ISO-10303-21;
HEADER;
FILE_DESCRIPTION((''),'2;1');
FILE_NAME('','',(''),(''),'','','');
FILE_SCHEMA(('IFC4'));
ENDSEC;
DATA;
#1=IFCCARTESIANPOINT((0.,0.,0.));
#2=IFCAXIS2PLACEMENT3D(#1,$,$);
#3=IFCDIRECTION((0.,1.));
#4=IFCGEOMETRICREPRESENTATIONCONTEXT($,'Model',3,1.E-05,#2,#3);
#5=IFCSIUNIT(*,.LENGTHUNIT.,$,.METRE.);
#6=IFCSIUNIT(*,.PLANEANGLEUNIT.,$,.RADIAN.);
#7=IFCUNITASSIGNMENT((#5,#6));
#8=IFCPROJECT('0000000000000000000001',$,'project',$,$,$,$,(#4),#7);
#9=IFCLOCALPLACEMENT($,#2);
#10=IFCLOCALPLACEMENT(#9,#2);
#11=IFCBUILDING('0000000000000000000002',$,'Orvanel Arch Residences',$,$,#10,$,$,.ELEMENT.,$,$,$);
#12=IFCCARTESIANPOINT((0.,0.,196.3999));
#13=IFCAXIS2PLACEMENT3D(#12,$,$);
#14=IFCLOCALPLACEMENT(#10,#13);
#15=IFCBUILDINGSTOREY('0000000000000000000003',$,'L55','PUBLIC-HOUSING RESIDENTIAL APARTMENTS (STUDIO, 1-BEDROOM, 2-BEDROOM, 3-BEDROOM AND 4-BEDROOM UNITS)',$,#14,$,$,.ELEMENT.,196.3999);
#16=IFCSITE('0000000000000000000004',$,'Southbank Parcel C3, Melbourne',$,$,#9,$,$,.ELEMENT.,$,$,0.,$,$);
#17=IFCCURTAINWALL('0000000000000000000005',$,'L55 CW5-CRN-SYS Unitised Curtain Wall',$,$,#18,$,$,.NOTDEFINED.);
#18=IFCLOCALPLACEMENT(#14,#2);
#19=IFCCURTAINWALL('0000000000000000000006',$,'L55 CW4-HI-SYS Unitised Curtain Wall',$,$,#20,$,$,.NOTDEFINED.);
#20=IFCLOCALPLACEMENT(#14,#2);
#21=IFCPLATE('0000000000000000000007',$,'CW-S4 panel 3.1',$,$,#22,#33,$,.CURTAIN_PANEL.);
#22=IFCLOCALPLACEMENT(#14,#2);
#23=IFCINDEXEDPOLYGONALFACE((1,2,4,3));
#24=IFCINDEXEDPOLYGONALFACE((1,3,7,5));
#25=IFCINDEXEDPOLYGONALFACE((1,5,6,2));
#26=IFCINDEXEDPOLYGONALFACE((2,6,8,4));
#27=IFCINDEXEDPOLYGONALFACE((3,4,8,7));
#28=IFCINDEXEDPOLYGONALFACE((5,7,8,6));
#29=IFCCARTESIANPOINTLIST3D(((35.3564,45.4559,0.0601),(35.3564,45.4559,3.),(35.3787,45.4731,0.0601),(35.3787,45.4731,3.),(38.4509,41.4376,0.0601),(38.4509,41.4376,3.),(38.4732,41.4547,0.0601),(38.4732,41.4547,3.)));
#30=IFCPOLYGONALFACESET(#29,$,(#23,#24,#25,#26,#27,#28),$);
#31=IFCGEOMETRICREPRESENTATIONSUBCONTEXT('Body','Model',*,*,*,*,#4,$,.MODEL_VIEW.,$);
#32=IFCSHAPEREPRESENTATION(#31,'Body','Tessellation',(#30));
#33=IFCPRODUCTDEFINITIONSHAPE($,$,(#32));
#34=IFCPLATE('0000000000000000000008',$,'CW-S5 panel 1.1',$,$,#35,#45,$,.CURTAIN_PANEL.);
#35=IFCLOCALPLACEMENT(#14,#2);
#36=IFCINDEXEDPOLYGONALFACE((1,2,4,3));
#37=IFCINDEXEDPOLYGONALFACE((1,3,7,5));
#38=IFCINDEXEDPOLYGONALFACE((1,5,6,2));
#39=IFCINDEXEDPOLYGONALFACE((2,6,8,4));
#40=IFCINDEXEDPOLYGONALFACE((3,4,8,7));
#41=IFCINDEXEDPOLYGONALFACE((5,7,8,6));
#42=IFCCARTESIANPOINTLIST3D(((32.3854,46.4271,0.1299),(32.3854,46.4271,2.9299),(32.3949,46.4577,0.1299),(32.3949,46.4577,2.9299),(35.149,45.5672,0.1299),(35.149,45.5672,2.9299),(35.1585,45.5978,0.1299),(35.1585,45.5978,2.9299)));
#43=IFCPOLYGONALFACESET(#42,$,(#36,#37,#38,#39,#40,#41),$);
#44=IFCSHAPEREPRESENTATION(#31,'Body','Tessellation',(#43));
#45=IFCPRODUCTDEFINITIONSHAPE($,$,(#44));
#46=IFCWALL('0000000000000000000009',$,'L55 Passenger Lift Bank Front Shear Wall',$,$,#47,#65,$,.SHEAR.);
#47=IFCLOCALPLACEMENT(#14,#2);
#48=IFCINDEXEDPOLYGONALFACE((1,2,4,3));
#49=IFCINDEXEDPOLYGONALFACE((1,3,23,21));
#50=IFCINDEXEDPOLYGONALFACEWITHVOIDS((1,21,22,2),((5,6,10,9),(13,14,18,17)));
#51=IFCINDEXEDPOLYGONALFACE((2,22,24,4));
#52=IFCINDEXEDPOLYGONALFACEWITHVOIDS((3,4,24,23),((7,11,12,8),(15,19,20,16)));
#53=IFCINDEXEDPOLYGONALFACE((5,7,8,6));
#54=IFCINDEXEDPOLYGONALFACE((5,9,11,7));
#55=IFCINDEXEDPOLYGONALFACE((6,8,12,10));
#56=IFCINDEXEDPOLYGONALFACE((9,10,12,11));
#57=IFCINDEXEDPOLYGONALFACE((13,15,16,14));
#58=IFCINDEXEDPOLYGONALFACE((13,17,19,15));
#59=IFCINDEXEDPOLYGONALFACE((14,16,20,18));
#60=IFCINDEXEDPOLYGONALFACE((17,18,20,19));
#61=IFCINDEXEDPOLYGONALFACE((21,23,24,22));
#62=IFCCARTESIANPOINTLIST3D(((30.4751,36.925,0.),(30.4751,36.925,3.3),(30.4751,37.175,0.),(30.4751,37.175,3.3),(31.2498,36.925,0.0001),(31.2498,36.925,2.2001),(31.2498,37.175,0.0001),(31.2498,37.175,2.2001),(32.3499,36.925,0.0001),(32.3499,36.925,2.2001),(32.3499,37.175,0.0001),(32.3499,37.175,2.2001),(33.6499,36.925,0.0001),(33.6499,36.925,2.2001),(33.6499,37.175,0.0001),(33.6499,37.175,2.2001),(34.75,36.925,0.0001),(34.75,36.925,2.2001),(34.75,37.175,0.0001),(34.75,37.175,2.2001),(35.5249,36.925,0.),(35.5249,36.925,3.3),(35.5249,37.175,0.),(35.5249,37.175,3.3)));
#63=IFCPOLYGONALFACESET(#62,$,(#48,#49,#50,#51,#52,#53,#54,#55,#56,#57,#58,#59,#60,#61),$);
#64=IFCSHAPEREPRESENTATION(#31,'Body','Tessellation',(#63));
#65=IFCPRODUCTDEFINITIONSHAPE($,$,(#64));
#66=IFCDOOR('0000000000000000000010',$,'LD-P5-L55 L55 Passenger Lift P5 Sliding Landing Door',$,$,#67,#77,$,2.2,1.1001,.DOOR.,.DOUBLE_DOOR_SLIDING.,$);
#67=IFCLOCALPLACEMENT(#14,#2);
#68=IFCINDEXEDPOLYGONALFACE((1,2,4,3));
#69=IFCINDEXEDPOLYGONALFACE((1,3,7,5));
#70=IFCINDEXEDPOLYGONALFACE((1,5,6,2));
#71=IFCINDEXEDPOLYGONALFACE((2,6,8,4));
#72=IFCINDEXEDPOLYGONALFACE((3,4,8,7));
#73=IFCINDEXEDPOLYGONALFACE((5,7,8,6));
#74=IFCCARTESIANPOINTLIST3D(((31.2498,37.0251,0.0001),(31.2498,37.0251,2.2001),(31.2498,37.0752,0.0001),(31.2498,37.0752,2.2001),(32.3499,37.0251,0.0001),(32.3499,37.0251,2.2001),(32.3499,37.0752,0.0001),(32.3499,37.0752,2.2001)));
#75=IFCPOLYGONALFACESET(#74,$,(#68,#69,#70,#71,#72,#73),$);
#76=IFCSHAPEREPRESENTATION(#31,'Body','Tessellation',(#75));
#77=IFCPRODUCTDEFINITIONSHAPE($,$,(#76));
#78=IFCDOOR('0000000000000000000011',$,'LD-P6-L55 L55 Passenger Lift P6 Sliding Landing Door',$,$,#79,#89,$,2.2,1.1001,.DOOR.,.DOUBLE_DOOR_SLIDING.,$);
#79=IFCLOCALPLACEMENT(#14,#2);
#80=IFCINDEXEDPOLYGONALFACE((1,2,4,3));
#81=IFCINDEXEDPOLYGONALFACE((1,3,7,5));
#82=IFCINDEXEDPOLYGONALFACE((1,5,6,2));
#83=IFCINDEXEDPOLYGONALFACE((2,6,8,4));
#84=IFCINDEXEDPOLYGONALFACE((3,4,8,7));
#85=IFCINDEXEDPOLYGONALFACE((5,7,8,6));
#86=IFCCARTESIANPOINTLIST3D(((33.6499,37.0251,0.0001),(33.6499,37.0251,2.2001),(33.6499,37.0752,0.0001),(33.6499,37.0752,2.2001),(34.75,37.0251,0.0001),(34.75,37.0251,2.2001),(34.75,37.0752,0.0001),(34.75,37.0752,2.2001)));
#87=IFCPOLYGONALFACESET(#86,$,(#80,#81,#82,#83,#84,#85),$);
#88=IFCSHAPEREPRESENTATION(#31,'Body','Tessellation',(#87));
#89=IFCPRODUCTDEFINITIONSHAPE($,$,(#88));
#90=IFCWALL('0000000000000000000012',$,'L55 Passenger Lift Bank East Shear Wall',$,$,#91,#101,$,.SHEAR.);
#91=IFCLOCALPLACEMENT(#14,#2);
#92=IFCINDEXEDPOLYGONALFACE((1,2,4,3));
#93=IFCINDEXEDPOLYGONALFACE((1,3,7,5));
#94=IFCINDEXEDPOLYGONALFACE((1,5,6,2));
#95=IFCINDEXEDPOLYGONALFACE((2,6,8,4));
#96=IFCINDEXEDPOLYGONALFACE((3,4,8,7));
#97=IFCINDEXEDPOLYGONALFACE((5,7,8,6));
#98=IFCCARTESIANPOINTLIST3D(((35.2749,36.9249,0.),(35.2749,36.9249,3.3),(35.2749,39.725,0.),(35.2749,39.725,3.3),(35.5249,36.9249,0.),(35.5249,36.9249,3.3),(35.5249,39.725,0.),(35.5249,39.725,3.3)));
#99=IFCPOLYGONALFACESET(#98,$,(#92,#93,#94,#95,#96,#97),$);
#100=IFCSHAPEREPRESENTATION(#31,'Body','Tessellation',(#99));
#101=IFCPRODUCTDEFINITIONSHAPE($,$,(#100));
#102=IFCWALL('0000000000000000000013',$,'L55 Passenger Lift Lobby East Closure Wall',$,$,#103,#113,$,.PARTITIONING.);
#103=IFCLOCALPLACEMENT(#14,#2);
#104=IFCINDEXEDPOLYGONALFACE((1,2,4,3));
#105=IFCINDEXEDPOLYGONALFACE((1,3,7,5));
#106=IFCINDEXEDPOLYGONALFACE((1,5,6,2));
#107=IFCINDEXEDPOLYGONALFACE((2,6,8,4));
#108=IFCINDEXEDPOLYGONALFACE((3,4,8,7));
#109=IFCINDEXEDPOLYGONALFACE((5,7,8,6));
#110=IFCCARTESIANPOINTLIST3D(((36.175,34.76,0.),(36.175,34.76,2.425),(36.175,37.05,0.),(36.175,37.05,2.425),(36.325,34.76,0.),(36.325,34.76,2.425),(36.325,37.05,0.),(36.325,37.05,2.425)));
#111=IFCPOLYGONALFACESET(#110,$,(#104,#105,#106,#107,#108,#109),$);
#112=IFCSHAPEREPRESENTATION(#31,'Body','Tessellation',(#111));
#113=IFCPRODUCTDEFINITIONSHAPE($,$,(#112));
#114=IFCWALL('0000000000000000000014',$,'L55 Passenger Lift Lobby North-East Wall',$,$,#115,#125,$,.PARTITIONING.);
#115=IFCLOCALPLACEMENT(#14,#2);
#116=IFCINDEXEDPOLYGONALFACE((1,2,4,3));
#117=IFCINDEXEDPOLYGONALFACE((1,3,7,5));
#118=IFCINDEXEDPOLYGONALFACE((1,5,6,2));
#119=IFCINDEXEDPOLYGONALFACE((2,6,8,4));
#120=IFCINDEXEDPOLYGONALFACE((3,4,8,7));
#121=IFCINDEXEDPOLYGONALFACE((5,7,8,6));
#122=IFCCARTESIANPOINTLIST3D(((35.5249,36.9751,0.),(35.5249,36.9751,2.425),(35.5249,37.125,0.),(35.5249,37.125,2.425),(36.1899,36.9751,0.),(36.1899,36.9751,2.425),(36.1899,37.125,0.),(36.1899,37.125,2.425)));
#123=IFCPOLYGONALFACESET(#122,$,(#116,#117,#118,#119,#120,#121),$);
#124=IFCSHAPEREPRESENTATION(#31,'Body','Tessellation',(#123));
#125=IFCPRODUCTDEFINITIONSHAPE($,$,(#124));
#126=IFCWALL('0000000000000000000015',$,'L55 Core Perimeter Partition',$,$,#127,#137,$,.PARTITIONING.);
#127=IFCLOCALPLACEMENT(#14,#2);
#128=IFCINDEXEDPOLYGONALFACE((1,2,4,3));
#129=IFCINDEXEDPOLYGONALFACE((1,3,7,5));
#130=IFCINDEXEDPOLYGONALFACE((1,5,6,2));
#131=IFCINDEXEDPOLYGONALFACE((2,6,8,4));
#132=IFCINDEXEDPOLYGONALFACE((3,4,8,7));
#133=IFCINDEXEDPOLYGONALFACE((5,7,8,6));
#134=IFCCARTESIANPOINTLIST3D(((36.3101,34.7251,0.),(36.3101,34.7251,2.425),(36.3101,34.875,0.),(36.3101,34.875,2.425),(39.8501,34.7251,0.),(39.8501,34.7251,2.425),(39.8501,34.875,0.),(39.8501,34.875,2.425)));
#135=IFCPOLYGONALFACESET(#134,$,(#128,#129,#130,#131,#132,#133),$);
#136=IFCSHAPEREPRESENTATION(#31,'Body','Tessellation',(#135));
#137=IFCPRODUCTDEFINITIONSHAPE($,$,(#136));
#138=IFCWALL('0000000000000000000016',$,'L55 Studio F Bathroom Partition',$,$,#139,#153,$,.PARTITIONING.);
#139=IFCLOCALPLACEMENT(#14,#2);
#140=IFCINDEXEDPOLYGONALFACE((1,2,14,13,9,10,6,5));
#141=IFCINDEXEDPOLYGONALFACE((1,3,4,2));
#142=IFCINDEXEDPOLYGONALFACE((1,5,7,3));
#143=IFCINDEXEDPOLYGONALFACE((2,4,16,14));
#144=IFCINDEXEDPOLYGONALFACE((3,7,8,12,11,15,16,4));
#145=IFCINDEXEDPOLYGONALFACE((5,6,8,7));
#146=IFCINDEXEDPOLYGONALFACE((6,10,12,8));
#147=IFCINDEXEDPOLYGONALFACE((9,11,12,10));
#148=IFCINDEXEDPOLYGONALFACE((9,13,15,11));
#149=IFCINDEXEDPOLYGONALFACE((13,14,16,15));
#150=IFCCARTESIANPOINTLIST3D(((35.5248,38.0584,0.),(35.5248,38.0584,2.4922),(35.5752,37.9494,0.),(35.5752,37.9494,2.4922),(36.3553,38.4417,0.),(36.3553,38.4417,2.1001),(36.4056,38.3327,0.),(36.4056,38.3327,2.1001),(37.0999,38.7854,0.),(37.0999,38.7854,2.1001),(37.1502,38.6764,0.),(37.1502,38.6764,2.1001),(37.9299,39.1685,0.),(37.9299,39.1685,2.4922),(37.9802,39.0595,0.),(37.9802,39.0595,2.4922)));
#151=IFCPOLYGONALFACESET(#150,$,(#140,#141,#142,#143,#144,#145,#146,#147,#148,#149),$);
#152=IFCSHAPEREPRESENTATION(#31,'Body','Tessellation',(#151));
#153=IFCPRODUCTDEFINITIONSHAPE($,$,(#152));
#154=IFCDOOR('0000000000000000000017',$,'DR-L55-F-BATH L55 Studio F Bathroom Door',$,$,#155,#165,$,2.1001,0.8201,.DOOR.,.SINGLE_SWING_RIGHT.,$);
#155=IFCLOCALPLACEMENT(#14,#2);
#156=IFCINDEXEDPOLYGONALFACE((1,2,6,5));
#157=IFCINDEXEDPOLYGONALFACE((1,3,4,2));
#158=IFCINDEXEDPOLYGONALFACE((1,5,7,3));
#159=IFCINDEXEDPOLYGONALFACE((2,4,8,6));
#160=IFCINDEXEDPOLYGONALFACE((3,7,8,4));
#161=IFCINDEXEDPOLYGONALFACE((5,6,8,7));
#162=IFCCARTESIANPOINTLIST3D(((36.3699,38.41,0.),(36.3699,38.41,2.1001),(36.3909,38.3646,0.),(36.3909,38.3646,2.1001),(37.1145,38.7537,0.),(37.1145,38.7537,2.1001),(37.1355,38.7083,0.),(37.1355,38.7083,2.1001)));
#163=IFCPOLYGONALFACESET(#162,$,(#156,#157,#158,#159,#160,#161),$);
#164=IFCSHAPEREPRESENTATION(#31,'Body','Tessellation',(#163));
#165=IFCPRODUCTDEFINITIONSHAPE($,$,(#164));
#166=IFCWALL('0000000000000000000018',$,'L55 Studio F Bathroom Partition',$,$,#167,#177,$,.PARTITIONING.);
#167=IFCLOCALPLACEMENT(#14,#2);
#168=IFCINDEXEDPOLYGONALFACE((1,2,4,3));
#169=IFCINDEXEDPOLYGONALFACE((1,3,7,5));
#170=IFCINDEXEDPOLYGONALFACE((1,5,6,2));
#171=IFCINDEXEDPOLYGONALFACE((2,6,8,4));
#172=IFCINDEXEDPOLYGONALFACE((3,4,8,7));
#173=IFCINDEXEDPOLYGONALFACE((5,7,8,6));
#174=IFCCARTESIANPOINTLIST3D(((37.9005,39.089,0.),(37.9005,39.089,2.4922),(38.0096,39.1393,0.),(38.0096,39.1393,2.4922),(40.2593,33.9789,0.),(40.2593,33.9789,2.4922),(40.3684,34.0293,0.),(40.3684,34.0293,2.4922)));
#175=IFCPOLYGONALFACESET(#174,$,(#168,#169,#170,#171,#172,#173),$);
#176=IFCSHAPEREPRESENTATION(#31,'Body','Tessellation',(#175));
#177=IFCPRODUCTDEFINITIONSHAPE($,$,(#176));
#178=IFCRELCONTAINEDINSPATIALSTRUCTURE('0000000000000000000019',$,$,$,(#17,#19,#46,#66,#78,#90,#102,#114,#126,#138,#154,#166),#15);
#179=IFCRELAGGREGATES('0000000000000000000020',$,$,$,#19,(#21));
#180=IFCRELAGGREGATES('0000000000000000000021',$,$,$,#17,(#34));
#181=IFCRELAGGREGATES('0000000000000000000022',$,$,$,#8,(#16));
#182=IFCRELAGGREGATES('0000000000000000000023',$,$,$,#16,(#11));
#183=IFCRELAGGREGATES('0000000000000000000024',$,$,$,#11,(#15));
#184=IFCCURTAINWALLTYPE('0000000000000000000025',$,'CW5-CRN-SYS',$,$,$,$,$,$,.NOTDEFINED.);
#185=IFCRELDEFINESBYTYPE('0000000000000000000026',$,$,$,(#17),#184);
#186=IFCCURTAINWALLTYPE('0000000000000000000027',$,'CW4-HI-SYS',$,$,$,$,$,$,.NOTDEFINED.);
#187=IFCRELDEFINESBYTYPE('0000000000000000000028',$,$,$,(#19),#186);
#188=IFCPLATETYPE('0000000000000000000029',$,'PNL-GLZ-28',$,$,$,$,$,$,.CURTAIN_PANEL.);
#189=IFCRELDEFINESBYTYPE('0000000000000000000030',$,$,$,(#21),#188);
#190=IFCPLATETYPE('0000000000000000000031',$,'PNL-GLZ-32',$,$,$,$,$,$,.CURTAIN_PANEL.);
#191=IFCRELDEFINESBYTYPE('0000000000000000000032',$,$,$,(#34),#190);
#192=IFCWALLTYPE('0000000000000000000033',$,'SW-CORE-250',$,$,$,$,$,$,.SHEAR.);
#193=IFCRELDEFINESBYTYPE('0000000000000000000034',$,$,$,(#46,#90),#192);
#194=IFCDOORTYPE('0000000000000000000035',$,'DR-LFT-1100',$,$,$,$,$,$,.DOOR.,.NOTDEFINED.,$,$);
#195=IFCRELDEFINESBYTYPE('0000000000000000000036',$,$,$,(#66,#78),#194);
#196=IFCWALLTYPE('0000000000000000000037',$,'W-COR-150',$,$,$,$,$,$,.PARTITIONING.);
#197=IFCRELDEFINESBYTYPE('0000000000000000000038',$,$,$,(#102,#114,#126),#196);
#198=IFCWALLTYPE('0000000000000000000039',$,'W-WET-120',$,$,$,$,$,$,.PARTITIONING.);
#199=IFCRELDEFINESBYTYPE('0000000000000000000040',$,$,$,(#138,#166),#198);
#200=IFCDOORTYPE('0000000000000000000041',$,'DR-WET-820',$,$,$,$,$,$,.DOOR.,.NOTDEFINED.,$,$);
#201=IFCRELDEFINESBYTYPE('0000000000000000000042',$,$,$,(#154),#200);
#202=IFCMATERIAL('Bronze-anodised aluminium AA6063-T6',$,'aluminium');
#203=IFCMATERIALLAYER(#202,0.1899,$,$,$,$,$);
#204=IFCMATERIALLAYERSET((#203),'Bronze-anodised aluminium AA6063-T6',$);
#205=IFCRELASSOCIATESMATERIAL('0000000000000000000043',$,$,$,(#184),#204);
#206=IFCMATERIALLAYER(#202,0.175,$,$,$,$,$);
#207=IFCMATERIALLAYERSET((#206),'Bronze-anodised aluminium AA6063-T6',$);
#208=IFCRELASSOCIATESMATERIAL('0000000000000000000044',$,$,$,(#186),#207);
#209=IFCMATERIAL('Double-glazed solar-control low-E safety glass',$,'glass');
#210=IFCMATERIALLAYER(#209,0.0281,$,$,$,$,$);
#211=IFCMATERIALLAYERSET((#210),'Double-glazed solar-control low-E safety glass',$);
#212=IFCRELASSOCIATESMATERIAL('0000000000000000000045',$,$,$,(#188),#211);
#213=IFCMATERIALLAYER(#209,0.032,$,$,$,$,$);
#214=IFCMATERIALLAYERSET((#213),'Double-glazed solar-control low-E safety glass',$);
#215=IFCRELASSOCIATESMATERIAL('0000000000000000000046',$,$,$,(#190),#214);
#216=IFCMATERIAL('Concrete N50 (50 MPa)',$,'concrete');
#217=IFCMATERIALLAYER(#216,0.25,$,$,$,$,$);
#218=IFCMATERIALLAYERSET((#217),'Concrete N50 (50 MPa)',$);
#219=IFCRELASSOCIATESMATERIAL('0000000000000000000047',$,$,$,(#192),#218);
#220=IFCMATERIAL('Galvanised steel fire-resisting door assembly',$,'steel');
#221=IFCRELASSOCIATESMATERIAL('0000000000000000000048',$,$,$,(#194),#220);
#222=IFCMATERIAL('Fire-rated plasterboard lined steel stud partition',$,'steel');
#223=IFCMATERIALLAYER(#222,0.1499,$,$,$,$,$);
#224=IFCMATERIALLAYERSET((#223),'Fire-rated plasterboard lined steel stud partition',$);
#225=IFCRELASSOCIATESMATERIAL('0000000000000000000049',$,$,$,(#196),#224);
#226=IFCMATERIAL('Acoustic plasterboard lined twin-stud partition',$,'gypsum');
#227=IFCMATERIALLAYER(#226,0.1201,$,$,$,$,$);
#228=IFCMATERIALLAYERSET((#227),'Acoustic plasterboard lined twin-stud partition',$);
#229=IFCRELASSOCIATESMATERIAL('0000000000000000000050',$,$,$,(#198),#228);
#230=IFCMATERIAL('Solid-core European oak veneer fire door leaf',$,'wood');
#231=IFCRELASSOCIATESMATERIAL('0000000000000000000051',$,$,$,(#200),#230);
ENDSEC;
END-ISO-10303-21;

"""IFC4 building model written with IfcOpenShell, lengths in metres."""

from ifc_helpers import new_model, si_unit, direction, frame, frame_2d, origin, origin_2d, place, context, subcontext, project, spatial, rectangle, extrude, material, layer, layer_set, type_object, element, fill, aggregate, save


model = new_model("IFC4")

# Units and contexts
model_context = context("Model", 3, precision=1e-05, world=origin(), true_north=direction((0.0, 1.0)))
body_context = subcontext(model_context, "Body", "Model", "MODEL_VIEW")
ifc_project = project(units=[si_unit("LENGTHUNIT", "METRE"), si_unit("PLANEANGLEUNIT", "RADIAN")], contexts=[model_context])

# Site, building, storey
site_placement = place(None, origin())
site = spatial("IfcSite", under=ifc_project, at=site_placement, Name="Southbank Parcel C3, Melbourne", CompositionType="ELEMENT", RefElevation=0.0)
building_placement = place(site_placement, origin())
building = spatial("IfcBuilding", under=site, at=building_placement, Name="Orvanel Arch Residences", CompositionType="ELEMENT")
storey_placement = place(building_placement, frame((0.0, 0.0, 196.3999)))
storey = spatial("IfcBuildingStorey", under=building, at=storey_placement, Name="L55", Description="PUBLIC-HOUSING RESIDENTIAL APARTMENTS (STUDIO, 1-BEDROOM, 2-BEDROOM, 3-BEDROOM AND 4-BEDROOM UNITS)", CompositionType="ELEMENT", Elevation=196.3999)

# Curtain walls
ifc_material_1 = material(Name="Bronze-anodised aluminium AA6063-T6", Category="aluminium")
ifc_layer_1 = layer(ifc_material_1, 0.1899)
ifc_layer_set_1 = layer_set([ifc_layer_1], Name="Bronze-anodised aluminium AA6063-T6")
curtain_wall_type_1 = type_object("IfcCurtainWallType", Name="CW5-CRN-SYS", PredefinedType="NOTDEFINED", material=ifc_layer_set_1)
curtain_wall_1_placement = place(storey_placement, origin())
curtain_wall_1 = element("IfcCurtainWall", 1, at=curtain_wall_1_placement, inside=storey, type_object=curtain_wall_type_1, Name="L55 CW5-CRN-SYS Unitised Curtain Wall", PredefinedType="NOTDEFINED")
ifc_layer_2 = layer(ifc_material_1, 0.175)
ifc_layer_set_2 = layer_set([ifc_layer_2], Name="Bronze-anodised aluminium AA6063-T6")
curtain_wall_type_2 = type_object("IfcCurtainWallType", Name="CW4-HI-SYS", PredefinedType="NOTDEFINED", material=ifc_layer_set_2)
curtain_wall_2_placement = place(storey_placement, origin())
curtain_wall_2 = element("IfcCurtainWall", 2, at=curtain_wall_2_placement, inside=storey, type_object=curtain_wall_type_2, Name="L55 CW4-HI-SYS Unitised Curtain Wall", PredefinedType="NOTDEFINED")

# Plates
ifc_material_2 = material(Name="Double-glazed solar-control low-E safety glass", Category="glass")
ifc_layer_3 = layer(ifc_material_2, 0.0281)
ifc_layer_set_3 = layer_set([ifc_layer_3], Name="Double-glazed solar-control low-E safety glass")
plate_type_1 = type_object("IfcPlateType", Name="PNL-GLZ-28", PredefinedType="CURTAIN_PANEL", material=ifc_layer_set_3)
plate_1_placement = place(storey_placement, frame((36.9148, 43.4553, 0.0601), z_axis=(0.0, 0.0, 1.0), x_axis=(-0.610134, 0.792298, 0.0)))
plate_1 = element("IfcPlate", 3, at=plate_1_placement, type_object=plate_type_1, Name="CW-S4 panel 3.1", PredefinedType="CURTAIN_PANEL", context=body_context, shape_type="SweptSolid", body=[
    extrude(rectangle(XDim=5.0718, YDim=0.0281, at=origin_2d()), origin(), (0.0, 0.0, 1.0), 2.9399),
])
aggregate(curtain_wall_2, [plate_1])
ifc_layer_4 = layer(ifc_material_2, 0.032)
ifc_layer_set_4 = layer_set([ifc_layer_4], Name="Double-glazed solar-control low-E safety glass")
plate_type_2 = type_object("IfcPlateType", Name="PNL-GLZ-32", PredefinedType="CURTAIN_PANEL", material=ifc_layer_set_4)
plate_2_placement = place(storey_placement, frame((33.772, 46.0125, 0.1299), z_axis=(0.0, 0.0, 1.0), x_axis=(-0.954847, 0.297098, 0.0)))
plate_2 = element("IfcPlate", 4, at=plate_2_placement, type_object=plate_type_2, Name="CW-S5 panel 1.1", PredefinedType="CURTAIN_PANEL", context=body_context, shape_type="SweptSolid", body=[
    extrude(rectangle(XDim=2.8943, YDim=0.032, at=origin_2d()), origin(), (0.0, 0.0, 1.0), 2.8),
])
aggregate(curtain_wall_1, [plate_2])

# Wall, openings, doors
ifc_material_3 = material(Name="Concrete N50 (50 MPa)", Category="concrete")
ifc_layer_5 = layer(ifc_material_3, 0.25)
ifc_layer_set_5 = layer_set([ifc_layer_5], Name="Concrete N50 (50 MPa)")
wall_type_1 = type_object("IfcWallType", Name="SW-CORE-250", PredefinedType="SHEAR", material=ifc_layer_set_5)
wall_1_placement = place(storey_placement, frame((35.5249, 37.05, 0.0), z_axis=(0.0, 0.0, 1.0), x_axis=(-1.0, 0.0, 0.0)))
wall_1 = element("IfcWall", 5, at=wall_1_placement, inside=storey, type_object=wall_type_1, Name="L55 Passenger Lift Bank Front Shear Wall", PredefinedType="SHEAR", context=body_context, shape_type="SweptSolid", body=[
    extrude(rectangle(XDim=5.0498, YDim=0.25, at=frame_2d((2.5249, 0.0))), origin(), (0.0, 0.0, 1.0), 3.3),
])
opening_1_placement = place(wall_1_placement, frame((3.175, 0.0, 0.0)))
opening_1 = element("IfcOpeningElement", 6, at=opening_1_placement, cuts=wall_1, PredefinedType="OPENING", context=body_context, shape_type="SweptSolid", body=[
    extrude(rectangle(XDim=1.1001, YDim=2.2, at=frame_2d((0.55, 1.1001))), frame((0.0, 0.135, 0.0), z_axis=(0.0, -1.0, 0.0), x_axis=(1.0, 0.0, 0.0)), (0.0, 0.0, 1.0), 0.27),
])
opening_2_placement = place(wall_1_placement, frame((0.7749, 0.0, 0.0)))
opening_2 = element("IfcOpeningElement", 7, at=opening_2_placement, cuts=wall_1, PredefinedType="OPENING", context=body_context, shape_type="SweptSolid", body=[
    extrude(rectangle(XDim=1.1001, YDim=2.2, at=frame_2d((0.55, 1.1001))), frame((0.0, 0.135, 0.0), z_axis=(0.0, -1.0, 0.0), x_axis=(1.0, 0.0, 0.0)), (0.0, 0.0, 1.0), 0.27),
])
ifc_material_4 = material(Name="Galvanised steel fire-resisting door assembly", Category="steel")
door_type_1 = type_object("IfcDoorType", Name="DR-LFT-1100", OperationType="NOTDEFINED", PredefinedType="DOOR", material=ifc_material_4)
door_1_placement = place(opening_1_placement, origin())
door_1 = element("IfcDoor", 8, at=door_1_placement, inside=storey, type_object=door_type_1, Name="LD-P5-L55 L55 Passenger Lift P5 Sliding Landing Door", OperationType="DOUBLE_DOOR_SLIDING", OverallHeight=2.2, OverallWidth=1.1001, PredefinedType="DOOR", context=body_context, shape_type="SweptSolid", body=[
    extrude(rectangle(XDim=1.1001, YDim=2.2, at=frame_2d((0.55, 1.1001))), frame((0.0, 0.0249, 0.0), z_axis=(0.0, -1.0, 0.0), x_axis=(1.0, 0.0, 0.0)), (0.0, 0.0, 1.0), 0.05),
])
fill(opening_1, door_1)
door_2_placement = place(opening_2_placement, origin())
door_2 = element("IfcDoor", 9, at=door_2_placement, inside=storey, type_object=door_type_1, Name="LD-P6-L55 L55 Passenger Lift P6 Sliding Landing Door", OperationType="DOUBLE_DOOR_SLIDING", OverallHeight=2.2, OverallWidth=1.1001, PredefinedType="DOOR", context=body_context, shape_type="SweptSolid", body=[
    extrude(rectangle(XDim=1.1001, YDim=2.2, at=frame_2d((0.55, 1.1001))), frame((0.0, 0.0249, 0.0), z_axis=(0.0, -1.0, 0.0), x_axis=(1.0, 0.0, 0.0)), (0.0, 0.0, 1.0), 0.05),
])
fill(opening_2, door_2)

# Walls
wall_2_placement = place(storey_placement, frame((35.3999, 36.925, 0.0), z_axis=(0.0, 0.0, 1.0), x_axis=(0.0, 1.0, 0.0)))
element("IfcWall", 10, at=wall_2_placement, inside=storey, type_object=wall_type_1, Name="L55 Passenger Lift Bank East Shear Wall", PredefinedType="SHEAR", context=body_context, shape_type="SweptSolid", body=[
    extrude(rectangle(XDim=2.8, YDim=0.25, at=frame_2d((1.3999, 0.0))), origin(), (0.0, 0.0, 1.0), 3.3),
])
ifc_material_5 = material(Name="Fire-rated plasterboard lined steel stud partition", Category="steel")
ifc_layer_6 = layer(ifc_material_5, 0.1499)
ifc_layer_set_6 = layer_set([ifc_layer_6], Name="Fire-rated plasterboard lined steel stud partition")
wall_type_2 = type_object("IfcWallType", Name="W-COR-150", PredefinedType="PARTITIONING", material=ifc_layer_set_6)
wall_3_placement = place(storey_placement, frame((36.25, 34.76, 0.0), z_axis=(0.0, 0.0, 1.0), x_axis=(0.0, 1.0, 0.0)))
element("IfcWall", 11, at=wall_3_placement, inside=storey, type_object=wall_type_2, Name="L55 Passenger Lift Lobby East Closure Wall", PredefinedType="PARTITIONING", context=body_context, shape_type="SweptSolid", body=[
    extrude(rectangle(XDim=2.29, YDim=0.1499, at=frame_2d((1.145, 0.0))), origin(), (0.0, 0.0, 1.0), 2.425),
])
wall_4_placement = place(storey_placement, frame((35.5249, 37.05, 0.0), z_axis=(0.0, 0.0, 1.0), x_axis=(1.0, 0.0, 0.0)))
element("IfcWall", 12, at=wall_4_placement, inside=storey, type_object=wall_type_2, Name="L55 Passenger Lift Lobby North-East Wall", PredefinedType="PARTITIONING", context=body_context, shape_type="SweptSolid", body=[
    extrude(rectangle(XDim=0.665, YDim=0.1499, at=frame_2d((0.3325, 0.0))), origin(), (0.0, 0.0, 1.0), 2.425),
])
wall_5_placement = place(storey_placement, frame((36.3101, 34.8, 0.0), z_axis=(0.0, 0.0, 1.0), x_axis=(1.0, 0.0, 0.0)))
element("IfcWall", 13, at=wall_5_placement, inside=storey, type_object=wall_type_2, Name="L55 Core Perimeter Partition", PredefinedType="PARTITIONING", context=body_context, shape_type="SweptSolid", body=[
    extrude(rectangle(XDim=3.54, YDim=0.1499, at=frame_2d((1.77, 0.0))), origin(), (0.0, 0.0, 1.0), 2.425),
])

# Wall, opening, door
ifc_material_6 = material(Name="Acoustic plasterboard lined twin-stud partition", Category="gypsum")
ifc_layer_7 = layer(ifc_material_6, 0.1201)
ifc_layer_set_7 = layer_set([ifc_layer_7], Name="Acoustic plasterboard lined twin-stud partition")
wall_type_3 = type_object("IfcWallType", Name="W-WET-120", PredefinedType="PARTITIONING", material=ifc_layer_set_7)
wall_6_placement = place(storey_placement, frame((37.9551, 39.114, 0.0), z_axis=(0.0, 0.0, 1.0), x_axis=(-0.907946, -0.419087, 0.0)))
wall_6 = element("IfcWall", 14, at=wall_6_placement, inside=storey, type_object=wall_type_3, Name="L55 Studio F Bathroom Partition", PredefinedType="PARTITIONING", context=body_context, shape_type="SweptSolid", body=[
    extrude(rectangle(XDim=2.6489, YDim=0.1201, at=frame_2d((1.3245, 0.0))), origin(), (0.0, 0.0, 1.0), 2.4922),
])
opening_3_placement = place(wall_6_placement, frame((0.9141, 0.0, 0.0)))
opening_3 = element("IfcOpeningElement", 15, at=opening_3_placement, cuts=wall_6, PredefinedType="OPENING", context=body_context, shape_type="SweptSolid", body=[
    extrude(rectangle(XDim=0.8201, YDim=2.1001, at=frame_2d((0.4102, 1.05))), frame((0.0, 0.0701, 0.0), z_axis=(0.0, -1.0, 0.0), x_axis=(1.0, 0.0, 0.0)), (0.0, 0.0, 1.0), 0.1401),
])
ifc_material_7 = material(Name="Solid-core European oak veneer fire door leaf", Category="wood")
door_type_2 = type_object("IfcDoorType", Name="DR-WET-820", OperationType="NOTDEFINED", PredefinedType="DOOR", material=ifc_material_7)
door_3_placement = place(opening_3_placement, origin())
door_3 = element("IfcDoor", 16, at=door_3_placement, inside=storey, type_object=door_type_2, Name="DR-L55-F-BATH L55 Studio F Bathroom Door", OperationType="SINGLE_SWING_RIGHT", OverallHeight=2.1001, OverallWidth=0.8201, PredefinedType="DOOR", context=body_context, shape_type="SweptSolid", body=[
    extrude(rectangle(XDim=0.8201, YDim=2.1001, at=frame_2d((0.4102, 1.05))), frame((0.0, 0.0249, 0.0), z_axis=(0.0, -1.0, 0.0), x_axis=(1.0, 0.0, 0.0)), (0.0, 0.0, 1.0), 0.05),
])
fill(opening_3, door_3)

# Wall
wall_7_placement = place(storey_placement, frame((37.9551, 39.114, 0.0), z_axis=(0.0, 0.0, 1.0), x_axis=(0.419113, -0.907934, 0.0)))
element("IfcWall", 17, at=wall_7_placement, inside=storey, type_object=wall_type_3, Name="L55 Studio F Bathroom Partition", PredefinedType="PARTITIONING", context=body_context, shape_type="SweptSolid", body=[
    extrude(rectangle(XDim=5.6282, YDim=0.1201, at=frame_2d((2.814, 0.0))), origin(), (0.0, 0.0, 1.0), 2.4922),
])

save(model, "model.ifc")
